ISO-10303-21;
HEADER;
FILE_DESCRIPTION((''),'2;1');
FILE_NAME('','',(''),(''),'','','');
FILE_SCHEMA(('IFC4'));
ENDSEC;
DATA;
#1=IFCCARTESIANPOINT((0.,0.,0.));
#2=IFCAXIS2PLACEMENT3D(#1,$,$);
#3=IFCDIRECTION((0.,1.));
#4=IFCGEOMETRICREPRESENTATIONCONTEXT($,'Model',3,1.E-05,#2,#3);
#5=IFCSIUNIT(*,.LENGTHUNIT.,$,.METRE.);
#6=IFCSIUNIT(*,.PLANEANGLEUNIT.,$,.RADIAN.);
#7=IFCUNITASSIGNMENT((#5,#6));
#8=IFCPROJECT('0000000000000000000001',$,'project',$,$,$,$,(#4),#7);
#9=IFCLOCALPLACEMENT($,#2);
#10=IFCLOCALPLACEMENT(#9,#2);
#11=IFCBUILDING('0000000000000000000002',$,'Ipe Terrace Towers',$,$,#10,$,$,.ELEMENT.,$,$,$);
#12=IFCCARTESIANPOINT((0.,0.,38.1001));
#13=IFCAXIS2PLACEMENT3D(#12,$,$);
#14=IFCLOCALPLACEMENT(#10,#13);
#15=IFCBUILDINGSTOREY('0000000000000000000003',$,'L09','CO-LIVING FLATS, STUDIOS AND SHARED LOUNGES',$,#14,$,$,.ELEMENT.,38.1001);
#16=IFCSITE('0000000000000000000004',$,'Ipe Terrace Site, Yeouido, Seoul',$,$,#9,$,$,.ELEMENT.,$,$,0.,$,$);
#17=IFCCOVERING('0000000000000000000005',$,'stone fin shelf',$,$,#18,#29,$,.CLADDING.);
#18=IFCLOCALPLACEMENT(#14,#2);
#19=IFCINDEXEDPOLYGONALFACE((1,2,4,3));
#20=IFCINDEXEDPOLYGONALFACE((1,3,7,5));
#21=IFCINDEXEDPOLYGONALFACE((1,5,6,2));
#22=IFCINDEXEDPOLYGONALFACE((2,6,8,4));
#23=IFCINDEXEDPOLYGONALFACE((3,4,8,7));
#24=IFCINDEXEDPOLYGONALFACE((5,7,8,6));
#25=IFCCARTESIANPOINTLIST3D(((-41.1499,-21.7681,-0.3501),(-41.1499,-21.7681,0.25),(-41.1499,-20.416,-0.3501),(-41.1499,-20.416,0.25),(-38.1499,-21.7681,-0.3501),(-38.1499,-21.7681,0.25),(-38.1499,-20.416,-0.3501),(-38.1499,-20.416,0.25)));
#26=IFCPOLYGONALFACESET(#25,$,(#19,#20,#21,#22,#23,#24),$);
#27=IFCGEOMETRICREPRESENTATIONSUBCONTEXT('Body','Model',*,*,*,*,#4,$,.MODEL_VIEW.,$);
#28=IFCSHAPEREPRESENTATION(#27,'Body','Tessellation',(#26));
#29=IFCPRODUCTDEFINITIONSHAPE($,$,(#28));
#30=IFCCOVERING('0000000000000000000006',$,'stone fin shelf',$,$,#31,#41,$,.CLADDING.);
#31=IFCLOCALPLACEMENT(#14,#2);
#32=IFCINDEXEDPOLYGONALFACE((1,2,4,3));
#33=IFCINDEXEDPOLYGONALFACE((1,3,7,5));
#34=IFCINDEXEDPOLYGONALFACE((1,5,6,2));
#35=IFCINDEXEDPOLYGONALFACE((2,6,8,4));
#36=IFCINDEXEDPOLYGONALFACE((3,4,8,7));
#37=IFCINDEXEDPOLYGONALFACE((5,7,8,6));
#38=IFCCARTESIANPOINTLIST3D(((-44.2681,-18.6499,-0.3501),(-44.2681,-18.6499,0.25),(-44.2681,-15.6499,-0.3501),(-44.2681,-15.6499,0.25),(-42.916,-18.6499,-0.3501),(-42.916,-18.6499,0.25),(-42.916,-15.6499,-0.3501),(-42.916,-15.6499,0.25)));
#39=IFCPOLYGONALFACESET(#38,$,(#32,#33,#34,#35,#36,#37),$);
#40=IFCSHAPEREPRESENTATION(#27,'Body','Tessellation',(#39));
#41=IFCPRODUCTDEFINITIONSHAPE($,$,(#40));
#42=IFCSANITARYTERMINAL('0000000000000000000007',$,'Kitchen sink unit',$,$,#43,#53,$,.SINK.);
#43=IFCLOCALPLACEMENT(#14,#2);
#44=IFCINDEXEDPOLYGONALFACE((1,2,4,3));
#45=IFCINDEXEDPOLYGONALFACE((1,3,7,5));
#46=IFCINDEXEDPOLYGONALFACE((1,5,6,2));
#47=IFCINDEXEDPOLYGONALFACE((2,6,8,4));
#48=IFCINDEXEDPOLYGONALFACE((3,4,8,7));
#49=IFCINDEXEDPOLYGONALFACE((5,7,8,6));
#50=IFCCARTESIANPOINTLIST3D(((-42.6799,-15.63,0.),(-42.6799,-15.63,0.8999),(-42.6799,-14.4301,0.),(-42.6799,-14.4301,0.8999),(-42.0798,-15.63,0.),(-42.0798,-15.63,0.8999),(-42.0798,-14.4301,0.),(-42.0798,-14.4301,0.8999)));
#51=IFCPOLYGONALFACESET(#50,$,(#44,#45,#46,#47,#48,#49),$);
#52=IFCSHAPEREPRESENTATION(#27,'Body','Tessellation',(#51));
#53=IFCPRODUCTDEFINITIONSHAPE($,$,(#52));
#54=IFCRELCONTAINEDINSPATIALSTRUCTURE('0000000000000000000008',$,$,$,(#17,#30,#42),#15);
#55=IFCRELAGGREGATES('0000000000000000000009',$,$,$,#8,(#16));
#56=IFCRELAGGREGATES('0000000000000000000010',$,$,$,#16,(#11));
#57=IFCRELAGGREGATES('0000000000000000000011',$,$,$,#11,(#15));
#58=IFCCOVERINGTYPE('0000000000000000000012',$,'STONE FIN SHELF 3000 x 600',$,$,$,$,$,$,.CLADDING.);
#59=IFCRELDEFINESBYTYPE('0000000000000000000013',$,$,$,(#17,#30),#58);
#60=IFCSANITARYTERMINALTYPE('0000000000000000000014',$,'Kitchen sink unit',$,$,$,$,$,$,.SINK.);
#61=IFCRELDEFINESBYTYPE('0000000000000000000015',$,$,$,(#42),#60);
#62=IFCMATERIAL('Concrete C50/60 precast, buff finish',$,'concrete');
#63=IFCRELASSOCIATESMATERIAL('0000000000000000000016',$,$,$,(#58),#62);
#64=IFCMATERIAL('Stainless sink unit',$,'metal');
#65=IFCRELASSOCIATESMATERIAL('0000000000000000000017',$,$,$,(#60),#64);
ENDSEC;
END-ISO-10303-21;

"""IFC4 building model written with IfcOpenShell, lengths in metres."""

from ifc_helpers import new_model, si_unit, direction, frame, origin, origin_2d, place, context, subcontext, project, spatial, rectangle, extrude, material, type_object, element, save


model = new_model("IFC4")

# Units and contexts
model_context = context("Model", 3, precision=1e-05, world=origin(), true_north=direction((0.0, 1.0)))
body_context = subcontext(model_context, "Body", "Model", "MODEL_VIEW")
ifc_project = project(units=[si_unit("LENGTHUNIT", "METRE"), si_unit("PLANEANGLEUNIT", "RADIAN")], contexts=[model_context])

# Site, building, storey
site_placement = place(None, origin())
site = spatial("IfcSite", under=ifc_project, at=site_placement, Name="Ipe Terrace Site, Yeouido, Seoul", CompositionType="ELEMENT", RefElevation=0.0)
building_placement = place(site_placement, origin())
building = spatial("IfcBuilding", under=site, at=building_placement, Name="Ipe Terrace Towers", CompositionType="ELEMENT")
storey_placement = place(building_placement, frame((0.0, 0.0, 38.1001)))
storey = spatial("IfcBuildingStorey", under=building, at=storey_placement, Name="L09", Description="CO-LIVING FLATS, STUDIOS AND SHARED LOUNGES", CompositionType="ELEMENT", Elevation=38.1001)

# Coverings
ifc_material_1 = material(Name="Concrete C50/60 precast, buff finish", Category="concrete")
covering_type_1 = type_object("IfcCoveringType", Name="STONE FIN SHELF 3000 x 600", PredefinedType="CLADDING", material=ifc_material_1)
for number, where, z_axis, x_axis, name in (
    (1, (-39.6499, -21.092, -0.3501), (0.0, 0.0, 1.0), (1.0, 0.0, 0.0), "stone fin shelf"),
    (2, (-43.592, -17.1499, -0.3501), (0.0, 0.0, 1.0), (0.0, -1.0, 0.0), "stone fin shelf"),
):
    element("IfcCovering", number, at=place(storey_placement, frame(where, z_axis=z_axis, x_axis=x_axis)), inside=storey, type_object=covering_type_1, Name=name, PredefinedType="CLADDING", context=body_context, shape_type="SweptSolid", body=[
        extrude(rectangle(XDim=3.0, YDim=1.3521, at=origin_2d()), origin(), (0.0, 0.0, 1.0), 0.6001),
    ])

# Sanitary terminal
ifc_material_2 = material(Name="Stainless sink unit", Category="metal")
sanitary_terminal_type = type_object("IfcSanitaryTerminalType", Name="Kitchen sink unit", PredefinedType="SINK", material=ifc_material_2)
sanitary_terminal_placement = place(storey_placement, frame((-42.3799, -15.03, 0.0), z_axis=(0.0, 0.0, 1.0), x_axis=(0.0, 1.0, 0.0)))
element("IfcSanitaryTerminal", 3, at=sanitary_terminal_placement, inside=storey, type_object=sanitary_terminal_type, Name="Kitchen sink unit", PredefinedType="SINK", context=body_context, shape_type="SweptSolid", body=[
    extrude(rectangle(XDim=1.2, YDim=0.6001, at=origin_2d()), origin(), (0.0, 0.0, 1.0), 0.8999),
])

save(model, "model.ifc")
